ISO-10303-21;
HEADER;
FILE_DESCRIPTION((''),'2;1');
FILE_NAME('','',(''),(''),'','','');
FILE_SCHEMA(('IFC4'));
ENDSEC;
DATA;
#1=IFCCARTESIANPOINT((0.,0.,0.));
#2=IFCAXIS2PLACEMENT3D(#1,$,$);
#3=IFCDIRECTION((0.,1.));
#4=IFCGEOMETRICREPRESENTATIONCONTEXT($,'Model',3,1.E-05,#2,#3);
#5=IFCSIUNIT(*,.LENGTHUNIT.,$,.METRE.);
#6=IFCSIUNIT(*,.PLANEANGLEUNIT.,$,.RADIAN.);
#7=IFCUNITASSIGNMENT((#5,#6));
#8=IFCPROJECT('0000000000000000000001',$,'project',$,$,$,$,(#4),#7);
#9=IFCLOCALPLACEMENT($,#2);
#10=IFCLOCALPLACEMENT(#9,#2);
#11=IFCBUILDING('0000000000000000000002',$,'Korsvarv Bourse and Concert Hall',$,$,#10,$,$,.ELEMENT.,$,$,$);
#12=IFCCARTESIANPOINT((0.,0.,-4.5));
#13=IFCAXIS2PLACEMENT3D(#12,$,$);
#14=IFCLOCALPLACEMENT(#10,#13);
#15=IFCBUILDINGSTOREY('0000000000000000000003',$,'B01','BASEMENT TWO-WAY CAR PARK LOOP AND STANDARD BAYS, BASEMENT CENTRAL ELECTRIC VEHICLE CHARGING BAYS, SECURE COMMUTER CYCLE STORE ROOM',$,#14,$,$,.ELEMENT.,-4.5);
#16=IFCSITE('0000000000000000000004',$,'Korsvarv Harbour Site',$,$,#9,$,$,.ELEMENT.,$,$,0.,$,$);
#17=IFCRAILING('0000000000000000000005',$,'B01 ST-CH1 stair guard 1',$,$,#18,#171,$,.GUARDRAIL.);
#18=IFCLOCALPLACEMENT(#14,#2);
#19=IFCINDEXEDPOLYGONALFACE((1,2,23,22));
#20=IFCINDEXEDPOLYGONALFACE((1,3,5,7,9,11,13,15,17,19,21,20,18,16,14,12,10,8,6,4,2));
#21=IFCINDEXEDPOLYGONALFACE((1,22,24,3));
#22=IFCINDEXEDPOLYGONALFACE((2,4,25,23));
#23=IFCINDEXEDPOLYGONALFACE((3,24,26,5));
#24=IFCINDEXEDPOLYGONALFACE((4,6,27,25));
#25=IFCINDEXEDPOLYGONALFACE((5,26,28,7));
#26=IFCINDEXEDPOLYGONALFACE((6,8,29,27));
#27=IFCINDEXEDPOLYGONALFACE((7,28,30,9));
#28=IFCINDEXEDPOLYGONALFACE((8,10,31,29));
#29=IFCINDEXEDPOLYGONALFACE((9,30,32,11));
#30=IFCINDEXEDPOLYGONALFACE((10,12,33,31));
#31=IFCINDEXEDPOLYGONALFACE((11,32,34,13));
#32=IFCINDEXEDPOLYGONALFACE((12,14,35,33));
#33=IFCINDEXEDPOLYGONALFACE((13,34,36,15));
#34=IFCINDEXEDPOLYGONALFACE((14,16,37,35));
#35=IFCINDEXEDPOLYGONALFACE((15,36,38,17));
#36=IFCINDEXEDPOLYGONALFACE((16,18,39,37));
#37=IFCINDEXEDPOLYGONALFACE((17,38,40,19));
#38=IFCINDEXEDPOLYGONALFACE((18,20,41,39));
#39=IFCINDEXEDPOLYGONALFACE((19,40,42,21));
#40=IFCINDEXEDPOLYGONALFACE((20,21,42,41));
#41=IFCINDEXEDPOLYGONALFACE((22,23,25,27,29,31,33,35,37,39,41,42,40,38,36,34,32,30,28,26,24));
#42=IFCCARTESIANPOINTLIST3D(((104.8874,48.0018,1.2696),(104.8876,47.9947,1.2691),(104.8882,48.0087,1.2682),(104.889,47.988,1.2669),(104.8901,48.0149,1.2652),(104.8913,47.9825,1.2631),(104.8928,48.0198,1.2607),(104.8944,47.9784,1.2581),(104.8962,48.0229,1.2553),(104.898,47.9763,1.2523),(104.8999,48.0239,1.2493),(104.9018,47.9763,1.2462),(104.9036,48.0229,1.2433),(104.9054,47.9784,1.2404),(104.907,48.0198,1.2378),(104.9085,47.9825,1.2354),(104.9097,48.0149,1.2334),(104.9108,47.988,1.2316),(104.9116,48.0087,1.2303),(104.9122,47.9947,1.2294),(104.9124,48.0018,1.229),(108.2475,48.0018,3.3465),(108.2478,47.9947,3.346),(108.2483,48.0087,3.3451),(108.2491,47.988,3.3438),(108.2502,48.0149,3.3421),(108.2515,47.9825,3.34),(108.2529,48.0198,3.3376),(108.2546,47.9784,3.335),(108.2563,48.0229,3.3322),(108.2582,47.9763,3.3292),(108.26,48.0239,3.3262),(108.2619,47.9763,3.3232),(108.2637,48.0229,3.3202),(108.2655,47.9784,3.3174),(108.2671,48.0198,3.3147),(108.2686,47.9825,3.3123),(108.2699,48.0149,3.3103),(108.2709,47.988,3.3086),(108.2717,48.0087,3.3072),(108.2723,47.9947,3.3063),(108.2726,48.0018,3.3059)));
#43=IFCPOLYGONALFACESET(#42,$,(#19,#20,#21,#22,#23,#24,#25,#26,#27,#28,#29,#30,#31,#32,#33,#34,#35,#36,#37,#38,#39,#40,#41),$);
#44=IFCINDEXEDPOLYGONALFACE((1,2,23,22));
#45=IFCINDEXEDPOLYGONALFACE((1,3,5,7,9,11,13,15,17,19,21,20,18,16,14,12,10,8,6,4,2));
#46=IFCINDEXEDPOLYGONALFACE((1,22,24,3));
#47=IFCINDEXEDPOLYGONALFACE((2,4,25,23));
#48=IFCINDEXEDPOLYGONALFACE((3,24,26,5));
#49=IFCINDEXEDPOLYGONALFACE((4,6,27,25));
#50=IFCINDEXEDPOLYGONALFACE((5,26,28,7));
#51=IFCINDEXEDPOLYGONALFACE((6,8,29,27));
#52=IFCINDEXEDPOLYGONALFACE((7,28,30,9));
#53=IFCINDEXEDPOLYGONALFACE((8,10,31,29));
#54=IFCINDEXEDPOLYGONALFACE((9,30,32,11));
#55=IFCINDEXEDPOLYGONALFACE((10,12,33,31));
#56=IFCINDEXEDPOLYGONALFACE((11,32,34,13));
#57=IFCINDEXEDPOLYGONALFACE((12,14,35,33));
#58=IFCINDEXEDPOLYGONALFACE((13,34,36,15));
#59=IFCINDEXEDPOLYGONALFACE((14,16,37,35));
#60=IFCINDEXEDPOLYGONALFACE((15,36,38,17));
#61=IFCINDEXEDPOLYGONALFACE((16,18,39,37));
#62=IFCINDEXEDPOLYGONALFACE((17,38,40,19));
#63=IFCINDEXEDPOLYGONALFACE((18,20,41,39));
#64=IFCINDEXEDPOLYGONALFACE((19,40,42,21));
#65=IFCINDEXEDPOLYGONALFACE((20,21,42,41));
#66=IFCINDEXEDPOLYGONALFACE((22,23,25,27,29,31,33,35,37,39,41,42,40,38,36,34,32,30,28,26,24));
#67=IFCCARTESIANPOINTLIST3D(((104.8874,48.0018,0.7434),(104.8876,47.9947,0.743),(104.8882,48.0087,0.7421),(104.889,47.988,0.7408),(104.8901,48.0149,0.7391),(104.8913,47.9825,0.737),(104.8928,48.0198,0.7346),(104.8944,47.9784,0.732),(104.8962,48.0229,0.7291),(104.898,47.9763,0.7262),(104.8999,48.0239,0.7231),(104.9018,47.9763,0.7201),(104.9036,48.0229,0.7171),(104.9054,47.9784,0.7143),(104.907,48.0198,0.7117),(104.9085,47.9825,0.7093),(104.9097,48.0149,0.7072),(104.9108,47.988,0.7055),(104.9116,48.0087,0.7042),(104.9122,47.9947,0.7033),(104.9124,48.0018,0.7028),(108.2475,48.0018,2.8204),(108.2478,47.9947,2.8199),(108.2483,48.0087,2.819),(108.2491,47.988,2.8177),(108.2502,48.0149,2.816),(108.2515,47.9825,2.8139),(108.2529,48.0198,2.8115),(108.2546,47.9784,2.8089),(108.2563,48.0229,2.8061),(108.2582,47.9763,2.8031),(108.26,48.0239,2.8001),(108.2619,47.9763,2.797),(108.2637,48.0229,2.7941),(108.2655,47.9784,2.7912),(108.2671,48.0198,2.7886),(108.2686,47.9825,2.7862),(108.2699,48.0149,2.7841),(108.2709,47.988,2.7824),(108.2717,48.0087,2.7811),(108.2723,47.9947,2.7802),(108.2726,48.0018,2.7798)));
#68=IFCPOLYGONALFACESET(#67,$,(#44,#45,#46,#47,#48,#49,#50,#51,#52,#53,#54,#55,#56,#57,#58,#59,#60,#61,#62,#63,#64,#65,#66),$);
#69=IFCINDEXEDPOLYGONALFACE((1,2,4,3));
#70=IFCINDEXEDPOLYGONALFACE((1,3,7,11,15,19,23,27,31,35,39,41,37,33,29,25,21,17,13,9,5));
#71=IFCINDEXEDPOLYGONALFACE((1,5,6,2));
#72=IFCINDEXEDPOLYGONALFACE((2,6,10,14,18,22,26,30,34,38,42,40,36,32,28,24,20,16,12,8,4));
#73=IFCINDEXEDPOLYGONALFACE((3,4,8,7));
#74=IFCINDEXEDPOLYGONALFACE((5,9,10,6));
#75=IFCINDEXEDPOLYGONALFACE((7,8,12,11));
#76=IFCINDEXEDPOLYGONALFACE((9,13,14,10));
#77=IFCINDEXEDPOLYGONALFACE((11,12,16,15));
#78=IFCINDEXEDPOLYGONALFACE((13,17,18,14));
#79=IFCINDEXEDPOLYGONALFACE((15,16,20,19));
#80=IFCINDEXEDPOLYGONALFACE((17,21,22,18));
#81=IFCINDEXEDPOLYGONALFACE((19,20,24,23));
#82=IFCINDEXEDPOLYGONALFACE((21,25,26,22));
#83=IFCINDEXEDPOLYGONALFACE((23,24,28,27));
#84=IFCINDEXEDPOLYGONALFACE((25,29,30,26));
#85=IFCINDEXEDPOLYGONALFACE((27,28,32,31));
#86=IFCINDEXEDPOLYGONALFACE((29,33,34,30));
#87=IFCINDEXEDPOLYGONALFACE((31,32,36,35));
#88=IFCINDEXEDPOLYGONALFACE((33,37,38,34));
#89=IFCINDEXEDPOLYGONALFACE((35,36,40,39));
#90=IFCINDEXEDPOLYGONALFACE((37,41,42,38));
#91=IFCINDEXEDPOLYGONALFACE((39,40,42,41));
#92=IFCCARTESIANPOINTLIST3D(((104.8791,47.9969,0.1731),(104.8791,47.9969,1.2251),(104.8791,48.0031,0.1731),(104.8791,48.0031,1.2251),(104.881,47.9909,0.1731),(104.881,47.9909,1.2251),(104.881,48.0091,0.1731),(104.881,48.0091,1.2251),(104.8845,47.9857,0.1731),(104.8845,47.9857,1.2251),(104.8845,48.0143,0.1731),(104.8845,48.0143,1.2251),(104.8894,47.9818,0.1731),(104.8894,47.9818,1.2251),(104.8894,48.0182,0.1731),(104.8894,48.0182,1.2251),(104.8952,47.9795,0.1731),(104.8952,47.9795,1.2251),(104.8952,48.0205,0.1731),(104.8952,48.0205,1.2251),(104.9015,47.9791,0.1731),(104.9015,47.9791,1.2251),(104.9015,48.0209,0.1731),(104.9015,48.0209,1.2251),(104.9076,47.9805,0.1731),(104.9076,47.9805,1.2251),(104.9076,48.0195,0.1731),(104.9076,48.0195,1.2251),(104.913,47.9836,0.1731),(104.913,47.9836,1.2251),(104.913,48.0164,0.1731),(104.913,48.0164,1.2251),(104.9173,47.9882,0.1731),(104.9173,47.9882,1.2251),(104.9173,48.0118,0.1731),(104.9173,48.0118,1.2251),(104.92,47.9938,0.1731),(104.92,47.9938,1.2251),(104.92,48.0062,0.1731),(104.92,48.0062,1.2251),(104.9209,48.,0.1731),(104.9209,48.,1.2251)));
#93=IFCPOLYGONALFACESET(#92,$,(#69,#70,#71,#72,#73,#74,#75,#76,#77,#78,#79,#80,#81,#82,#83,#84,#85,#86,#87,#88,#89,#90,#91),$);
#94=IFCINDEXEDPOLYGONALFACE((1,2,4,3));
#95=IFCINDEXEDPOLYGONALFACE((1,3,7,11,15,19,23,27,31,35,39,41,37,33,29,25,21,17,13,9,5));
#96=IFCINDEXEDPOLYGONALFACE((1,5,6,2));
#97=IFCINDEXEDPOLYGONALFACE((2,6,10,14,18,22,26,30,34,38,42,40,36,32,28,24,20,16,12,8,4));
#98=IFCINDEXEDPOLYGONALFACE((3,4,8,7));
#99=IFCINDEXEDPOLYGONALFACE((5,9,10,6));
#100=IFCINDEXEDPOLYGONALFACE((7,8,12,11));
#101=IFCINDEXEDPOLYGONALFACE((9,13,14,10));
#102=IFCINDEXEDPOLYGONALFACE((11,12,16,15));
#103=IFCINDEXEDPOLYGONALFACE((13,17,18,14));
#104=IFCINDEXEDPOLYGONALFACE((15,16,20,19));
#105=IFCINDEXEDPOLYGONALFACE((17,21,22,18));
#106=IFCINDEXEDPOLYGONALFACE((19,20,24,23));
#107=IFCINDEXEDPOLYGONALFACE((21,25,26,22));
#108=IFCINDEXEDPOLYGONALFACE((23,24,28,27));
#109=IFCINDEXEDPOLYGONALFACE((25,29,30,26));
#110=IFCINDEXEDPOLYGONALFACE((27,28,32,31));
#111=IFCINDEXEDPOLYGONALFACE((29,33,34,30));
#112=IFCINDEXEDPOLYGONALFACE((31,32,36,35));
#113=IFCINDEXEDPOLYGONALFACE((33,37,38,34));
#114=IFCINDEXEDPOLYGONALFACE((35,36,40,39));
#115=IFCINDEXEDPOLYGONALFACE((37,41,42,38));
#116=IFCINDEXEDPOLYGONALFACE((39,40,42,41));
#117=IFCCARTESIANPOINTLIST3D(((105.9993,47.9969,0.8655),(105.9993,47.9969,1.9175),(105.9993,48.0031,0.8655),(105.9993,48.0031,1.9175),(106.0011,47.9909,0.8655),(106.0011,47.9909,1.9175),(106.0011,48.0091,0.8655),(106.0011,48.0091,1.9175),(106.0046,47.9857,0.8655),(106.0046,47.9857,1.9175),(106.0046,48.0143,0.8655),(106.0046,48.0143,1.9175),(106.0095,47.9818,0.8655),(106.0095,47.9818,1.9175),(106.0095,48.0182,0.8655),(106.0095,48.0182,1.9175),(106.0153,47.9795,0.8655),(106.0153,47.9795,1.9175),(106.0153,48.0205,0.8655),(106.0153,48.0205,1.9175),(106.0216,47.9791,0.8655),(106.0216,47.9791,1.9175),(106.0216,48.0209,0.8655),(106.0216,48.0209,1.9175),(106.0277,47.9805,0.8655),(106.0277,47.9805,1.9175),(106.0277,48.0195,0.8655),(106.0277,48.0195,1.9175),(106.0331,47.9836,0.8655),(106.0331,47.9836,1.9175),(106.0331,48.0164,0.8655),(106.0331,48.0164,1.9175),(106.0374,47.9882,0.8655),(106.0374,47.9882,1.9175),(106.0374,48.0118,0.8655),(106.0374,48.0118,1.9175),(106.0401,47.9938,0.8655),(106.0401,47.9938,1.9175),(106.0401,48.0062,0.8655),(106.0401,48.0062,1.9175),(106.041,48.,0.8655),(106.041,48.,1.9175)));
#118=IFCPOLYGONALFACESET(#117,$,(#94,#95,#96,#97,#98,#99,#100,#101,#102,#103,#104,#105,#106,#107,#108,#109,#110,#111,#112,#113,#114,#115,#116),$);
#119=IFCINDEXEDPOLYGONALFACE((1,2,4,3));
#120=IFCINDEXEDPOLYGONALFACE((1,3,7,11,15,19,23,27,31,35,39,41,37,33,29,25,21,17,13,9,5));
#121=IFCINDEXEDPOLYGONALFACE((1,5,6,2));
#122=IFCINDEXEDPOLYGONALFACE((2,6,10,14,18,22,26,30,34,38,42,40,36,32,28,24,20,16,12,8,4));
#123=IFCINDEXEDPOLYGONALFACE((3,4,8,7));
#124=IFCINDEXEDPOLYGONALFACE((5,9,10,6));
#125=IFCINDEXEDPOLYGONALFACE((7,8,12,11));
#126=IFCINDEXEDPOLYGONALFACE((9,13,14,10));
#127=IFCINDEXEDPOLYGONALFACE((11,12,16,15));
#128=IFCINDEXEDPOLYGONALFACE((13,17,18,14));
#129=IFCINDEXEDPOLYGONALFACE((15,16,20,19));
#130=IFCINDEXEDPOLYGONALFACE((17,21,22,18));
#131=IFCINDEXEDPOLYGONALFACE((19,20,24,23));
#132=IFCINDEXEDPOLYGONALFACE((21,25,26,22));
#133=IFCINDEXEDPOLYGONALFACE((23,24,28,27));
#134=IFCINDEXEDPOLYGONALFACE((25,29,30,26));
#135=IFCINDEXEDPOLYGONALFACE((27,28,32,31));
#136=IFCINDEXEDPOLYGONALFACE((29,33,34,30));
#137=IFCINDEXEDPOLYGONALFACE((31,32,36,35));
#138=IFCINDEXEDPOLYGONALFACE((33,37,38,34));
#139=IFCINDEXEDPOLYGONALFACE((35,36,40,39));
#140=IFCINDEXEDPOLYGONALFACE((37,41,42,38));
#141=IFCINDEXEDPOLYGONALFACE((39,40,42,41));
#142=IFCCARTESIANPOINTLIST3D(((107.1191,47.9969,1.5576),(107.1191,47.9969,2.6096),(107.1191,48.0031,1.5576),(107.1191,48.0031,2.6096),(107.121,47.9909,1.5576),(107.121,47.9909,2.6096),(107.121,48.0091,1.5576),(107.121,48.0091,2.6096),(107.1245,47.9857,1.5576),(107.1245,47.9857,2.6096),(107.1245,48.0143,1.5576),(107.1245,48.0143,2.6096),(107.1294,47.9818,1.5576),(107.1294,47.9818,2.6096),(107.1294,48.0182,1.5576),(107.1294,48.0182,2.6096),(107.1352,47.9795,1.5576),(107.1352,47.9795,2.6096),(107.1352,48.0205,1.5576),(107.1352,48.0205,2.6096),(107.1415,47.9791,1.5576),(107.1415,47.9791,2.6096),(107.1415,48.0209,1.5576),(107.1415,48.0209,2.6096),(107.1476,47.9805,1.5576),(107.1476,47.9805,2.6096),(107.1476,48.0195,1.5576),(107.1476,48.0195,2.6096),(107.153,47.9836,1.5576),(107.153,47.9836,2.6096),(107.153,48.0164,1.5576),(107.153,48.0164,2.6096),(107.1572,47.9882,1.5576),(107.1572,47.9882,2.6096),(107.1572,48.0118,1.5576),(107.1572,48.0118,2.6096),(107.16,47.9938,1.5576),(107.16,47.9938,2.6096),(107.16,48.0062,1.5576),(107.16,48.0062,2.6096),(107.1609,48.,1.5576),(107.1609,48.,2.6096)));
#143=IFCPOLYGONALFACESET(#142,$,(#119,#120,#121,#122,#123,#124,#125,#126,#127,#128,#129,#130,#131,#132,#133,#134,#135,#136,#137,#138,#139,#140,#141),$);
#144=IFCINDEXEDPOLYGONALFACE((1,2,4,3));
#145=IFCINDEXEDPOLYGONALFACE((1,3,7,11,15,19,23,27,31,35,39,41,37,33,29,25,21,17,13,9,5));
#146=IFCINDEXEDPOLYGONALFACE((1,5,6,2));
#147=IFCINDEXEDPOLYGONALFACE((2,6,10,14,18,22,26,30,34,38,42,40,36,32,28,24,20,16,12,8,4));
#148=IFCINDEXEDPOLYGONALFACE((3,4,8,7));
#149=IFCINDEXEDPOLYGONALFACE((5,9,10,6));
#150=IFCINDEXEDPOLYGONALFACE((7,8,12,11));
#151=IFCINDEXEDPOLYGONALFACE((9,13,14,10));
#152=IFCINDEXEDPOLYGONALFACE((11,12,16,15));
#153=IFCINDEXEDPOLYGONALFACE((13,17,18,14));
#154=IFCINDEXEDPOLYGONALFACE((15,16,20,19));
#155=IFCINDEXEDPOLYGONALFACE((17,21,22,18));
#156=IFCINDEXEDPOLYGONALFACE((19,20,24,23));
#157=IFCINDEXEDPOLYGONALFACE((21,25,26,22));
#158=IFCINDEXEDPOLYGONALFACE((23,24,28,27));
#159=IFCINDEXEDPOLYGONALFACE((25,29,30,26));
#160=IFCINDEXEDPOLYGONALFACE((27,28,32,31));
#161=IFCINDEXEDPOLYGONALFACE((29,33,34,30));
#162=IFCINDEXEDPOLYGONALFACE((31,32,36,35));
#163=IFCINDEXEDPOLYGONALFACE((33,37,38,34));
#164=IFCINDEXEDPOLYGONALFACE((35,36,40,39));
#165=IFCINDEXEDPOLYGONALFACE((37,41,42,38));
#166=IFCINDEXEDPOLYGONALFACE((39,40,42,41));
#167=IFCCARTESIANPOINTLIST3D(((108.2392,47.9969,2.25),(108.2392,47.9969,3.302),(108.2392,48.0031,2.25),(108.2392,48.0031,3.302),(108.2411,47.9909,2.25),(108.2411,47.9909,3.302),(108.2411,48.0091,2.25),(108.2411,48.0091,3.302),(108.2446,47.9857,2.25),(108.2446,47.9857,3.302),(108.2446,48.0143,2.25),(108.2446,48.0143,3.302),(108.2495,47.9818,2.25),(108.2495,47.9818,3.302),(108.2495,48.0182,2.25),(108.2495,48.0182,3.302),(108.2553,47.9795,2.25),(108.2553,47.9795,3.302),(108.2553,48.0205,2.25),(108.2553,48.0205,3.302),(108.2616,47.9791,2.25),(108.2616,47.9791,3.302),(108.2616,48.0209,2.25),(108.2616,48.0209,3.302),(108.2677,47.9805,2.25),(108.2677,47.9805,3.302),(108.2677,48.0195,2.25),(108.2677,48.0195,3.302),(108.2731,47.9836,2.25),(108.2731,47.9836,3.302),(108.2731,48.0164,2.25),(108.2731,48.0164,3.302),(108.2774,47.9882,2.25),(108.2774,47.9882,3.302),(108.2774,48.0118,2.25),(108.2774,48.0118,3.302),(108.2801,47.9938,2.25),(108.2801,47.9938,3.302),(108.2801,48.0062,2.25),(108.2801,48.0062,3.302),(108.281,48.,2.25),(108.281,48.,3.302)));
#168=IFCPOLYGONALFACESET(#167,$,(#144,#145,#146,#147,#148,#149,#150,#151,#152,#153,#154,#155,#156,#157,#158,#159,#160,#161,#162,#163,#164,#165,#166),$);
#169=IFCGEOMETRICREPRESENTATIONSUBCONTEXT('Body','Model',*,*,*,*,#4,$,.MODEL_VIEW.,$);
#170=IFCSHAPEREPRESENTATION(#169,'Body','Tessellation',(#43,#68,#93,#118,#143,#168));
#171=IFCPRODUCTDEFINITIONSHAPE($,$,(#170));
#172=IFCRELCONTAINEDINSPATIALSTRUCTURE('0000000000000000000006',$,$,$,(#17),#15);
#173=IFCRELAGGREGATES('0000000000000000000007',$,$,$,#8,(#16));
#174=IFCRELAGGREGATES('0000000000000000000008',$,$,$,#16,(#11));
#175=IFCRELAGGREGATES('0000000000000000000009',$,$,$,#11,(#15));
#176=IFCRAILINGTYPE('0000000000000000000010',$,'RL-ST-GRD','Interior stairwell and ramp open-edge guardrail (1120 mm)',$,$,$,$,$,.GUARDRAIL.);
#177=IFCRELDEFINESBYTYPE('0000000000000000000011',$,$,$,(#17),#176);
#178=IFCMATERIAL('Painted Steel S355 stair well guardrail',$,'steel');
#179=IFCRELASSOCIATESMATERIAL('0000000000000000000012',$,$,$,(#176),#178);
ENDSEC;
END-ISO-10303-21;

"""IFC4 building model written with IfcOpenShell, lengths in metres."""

from ifc_helpers import new_model, si_unit, direction, frame, origin, origin_2d, place, context, subcontext, project, spatial, circle, extrude, material, type_object, element, save


model = new_model("IFC4")

# Units and contexts
model_context = context("Model", 3, precision=1e-05, world=origin(), true_north=direction((0.0, 1.0)))
body_context = subcontext(model_context, "Body", "Model", "MODEL_VIEW")
ifc_project = project(units=[si_unit("LENGTHUNIT", "METRE"), si_unit("PLANEANGLEUNIT", "RADIAN")], contexts=[model_context])

# Site, building, storey
site_placement = place(None, origin())
site = spatial("IfcSite", under=ifc_project, at=site_placement, Name="Korsvarv Harbour Site", CompositionType="ELEMENT", RefElevation=0.0)
building_placement = place(site_placement, origin())
building = spatial("IfcBuilding", under=site, at=building_placement, Name="Korsvarv Bourse and Concert Hall", CompositionType="ELEMENT")
storey_placement = place(building_placement, frame((0.0, 0.0, -4.5)))
storey = spatial("IfcBuildingStorey", under=building, at=storey_placement, Name="B01", Description="BASEMENT TWO-WAY CAR PARK LOOP AND STANDARD BAYS, BASEMENT CENTRAL ELECTRIC VEHICLE CHARGING BAYS, SECURE COMMUTER CYCLE STORE ROOM", CompositionType="ELEMENT", Elevation=-4.5)

# Railing
ifc_material_1 = material(Name="Painted Steel S355 stair well guardrail", Category="steel")
railing_type_1 = type_object("IfcRailingType", Name="RL-ST-GRD", Description="Interior stairwell and ramp open-edge guardrail (1120 mm)", PredefinedType="GUARDRAIL", material=ifc_material_1)
railing_1_placement = place(storey_placement, frame((104.8999, 48.0, 0.1731)))
element("IfcRailing", 1, at=railing_1_placement, inside=storey, type_object=railing_type_1, Name="B01 ST-CH1 stair guard 1", PredefinedType="GUARDRAIL", context=body_context, shape_type="SweptSolid", body=[
    extrude(circle(Radius=0.0239, at=origin_2d()), frame((0.0, 0.0, 1.0762), z_axis=(0.850623, 0.0, 0.525776), x_axis=(0.0, 1.0, 0.0)), (0.0, 0.0, 1.0), 3.9502),
    extrude(circle(Radius=0.0239, at=origin_2d()), frame((0.0, 0.0, 0.55), z_axis=(0.850623, 0.0, 0.525776), x_axis=(0.0, 1.0, 0.0)), (0.0, 0.0, 1.0), 3.9502),
    extrude(circle(Radius=0.021, at=origin_2d()), origin(), (0.0, 0.0, 1.0), 1.052),
    extrude(circle(Radius=0.021, at=origin_2d()), frame((1.1201, 0.0, 0.6924)), (0.0, 0.0, 1.0), 1.052),
    extrude(circle(Radius=0.021, at=origin_2d()), frame((2.24, 0.0, 1.3845)), (0.0, 0.0, 1.0), 1.052),
    extrude(circle(Radius=0.021, at=origin_2d()), frame((3.3601, 0.0, 2.0769)), (0.0, 0.0, 1.0), 1.052),
])

save(model, "model.ifc")
